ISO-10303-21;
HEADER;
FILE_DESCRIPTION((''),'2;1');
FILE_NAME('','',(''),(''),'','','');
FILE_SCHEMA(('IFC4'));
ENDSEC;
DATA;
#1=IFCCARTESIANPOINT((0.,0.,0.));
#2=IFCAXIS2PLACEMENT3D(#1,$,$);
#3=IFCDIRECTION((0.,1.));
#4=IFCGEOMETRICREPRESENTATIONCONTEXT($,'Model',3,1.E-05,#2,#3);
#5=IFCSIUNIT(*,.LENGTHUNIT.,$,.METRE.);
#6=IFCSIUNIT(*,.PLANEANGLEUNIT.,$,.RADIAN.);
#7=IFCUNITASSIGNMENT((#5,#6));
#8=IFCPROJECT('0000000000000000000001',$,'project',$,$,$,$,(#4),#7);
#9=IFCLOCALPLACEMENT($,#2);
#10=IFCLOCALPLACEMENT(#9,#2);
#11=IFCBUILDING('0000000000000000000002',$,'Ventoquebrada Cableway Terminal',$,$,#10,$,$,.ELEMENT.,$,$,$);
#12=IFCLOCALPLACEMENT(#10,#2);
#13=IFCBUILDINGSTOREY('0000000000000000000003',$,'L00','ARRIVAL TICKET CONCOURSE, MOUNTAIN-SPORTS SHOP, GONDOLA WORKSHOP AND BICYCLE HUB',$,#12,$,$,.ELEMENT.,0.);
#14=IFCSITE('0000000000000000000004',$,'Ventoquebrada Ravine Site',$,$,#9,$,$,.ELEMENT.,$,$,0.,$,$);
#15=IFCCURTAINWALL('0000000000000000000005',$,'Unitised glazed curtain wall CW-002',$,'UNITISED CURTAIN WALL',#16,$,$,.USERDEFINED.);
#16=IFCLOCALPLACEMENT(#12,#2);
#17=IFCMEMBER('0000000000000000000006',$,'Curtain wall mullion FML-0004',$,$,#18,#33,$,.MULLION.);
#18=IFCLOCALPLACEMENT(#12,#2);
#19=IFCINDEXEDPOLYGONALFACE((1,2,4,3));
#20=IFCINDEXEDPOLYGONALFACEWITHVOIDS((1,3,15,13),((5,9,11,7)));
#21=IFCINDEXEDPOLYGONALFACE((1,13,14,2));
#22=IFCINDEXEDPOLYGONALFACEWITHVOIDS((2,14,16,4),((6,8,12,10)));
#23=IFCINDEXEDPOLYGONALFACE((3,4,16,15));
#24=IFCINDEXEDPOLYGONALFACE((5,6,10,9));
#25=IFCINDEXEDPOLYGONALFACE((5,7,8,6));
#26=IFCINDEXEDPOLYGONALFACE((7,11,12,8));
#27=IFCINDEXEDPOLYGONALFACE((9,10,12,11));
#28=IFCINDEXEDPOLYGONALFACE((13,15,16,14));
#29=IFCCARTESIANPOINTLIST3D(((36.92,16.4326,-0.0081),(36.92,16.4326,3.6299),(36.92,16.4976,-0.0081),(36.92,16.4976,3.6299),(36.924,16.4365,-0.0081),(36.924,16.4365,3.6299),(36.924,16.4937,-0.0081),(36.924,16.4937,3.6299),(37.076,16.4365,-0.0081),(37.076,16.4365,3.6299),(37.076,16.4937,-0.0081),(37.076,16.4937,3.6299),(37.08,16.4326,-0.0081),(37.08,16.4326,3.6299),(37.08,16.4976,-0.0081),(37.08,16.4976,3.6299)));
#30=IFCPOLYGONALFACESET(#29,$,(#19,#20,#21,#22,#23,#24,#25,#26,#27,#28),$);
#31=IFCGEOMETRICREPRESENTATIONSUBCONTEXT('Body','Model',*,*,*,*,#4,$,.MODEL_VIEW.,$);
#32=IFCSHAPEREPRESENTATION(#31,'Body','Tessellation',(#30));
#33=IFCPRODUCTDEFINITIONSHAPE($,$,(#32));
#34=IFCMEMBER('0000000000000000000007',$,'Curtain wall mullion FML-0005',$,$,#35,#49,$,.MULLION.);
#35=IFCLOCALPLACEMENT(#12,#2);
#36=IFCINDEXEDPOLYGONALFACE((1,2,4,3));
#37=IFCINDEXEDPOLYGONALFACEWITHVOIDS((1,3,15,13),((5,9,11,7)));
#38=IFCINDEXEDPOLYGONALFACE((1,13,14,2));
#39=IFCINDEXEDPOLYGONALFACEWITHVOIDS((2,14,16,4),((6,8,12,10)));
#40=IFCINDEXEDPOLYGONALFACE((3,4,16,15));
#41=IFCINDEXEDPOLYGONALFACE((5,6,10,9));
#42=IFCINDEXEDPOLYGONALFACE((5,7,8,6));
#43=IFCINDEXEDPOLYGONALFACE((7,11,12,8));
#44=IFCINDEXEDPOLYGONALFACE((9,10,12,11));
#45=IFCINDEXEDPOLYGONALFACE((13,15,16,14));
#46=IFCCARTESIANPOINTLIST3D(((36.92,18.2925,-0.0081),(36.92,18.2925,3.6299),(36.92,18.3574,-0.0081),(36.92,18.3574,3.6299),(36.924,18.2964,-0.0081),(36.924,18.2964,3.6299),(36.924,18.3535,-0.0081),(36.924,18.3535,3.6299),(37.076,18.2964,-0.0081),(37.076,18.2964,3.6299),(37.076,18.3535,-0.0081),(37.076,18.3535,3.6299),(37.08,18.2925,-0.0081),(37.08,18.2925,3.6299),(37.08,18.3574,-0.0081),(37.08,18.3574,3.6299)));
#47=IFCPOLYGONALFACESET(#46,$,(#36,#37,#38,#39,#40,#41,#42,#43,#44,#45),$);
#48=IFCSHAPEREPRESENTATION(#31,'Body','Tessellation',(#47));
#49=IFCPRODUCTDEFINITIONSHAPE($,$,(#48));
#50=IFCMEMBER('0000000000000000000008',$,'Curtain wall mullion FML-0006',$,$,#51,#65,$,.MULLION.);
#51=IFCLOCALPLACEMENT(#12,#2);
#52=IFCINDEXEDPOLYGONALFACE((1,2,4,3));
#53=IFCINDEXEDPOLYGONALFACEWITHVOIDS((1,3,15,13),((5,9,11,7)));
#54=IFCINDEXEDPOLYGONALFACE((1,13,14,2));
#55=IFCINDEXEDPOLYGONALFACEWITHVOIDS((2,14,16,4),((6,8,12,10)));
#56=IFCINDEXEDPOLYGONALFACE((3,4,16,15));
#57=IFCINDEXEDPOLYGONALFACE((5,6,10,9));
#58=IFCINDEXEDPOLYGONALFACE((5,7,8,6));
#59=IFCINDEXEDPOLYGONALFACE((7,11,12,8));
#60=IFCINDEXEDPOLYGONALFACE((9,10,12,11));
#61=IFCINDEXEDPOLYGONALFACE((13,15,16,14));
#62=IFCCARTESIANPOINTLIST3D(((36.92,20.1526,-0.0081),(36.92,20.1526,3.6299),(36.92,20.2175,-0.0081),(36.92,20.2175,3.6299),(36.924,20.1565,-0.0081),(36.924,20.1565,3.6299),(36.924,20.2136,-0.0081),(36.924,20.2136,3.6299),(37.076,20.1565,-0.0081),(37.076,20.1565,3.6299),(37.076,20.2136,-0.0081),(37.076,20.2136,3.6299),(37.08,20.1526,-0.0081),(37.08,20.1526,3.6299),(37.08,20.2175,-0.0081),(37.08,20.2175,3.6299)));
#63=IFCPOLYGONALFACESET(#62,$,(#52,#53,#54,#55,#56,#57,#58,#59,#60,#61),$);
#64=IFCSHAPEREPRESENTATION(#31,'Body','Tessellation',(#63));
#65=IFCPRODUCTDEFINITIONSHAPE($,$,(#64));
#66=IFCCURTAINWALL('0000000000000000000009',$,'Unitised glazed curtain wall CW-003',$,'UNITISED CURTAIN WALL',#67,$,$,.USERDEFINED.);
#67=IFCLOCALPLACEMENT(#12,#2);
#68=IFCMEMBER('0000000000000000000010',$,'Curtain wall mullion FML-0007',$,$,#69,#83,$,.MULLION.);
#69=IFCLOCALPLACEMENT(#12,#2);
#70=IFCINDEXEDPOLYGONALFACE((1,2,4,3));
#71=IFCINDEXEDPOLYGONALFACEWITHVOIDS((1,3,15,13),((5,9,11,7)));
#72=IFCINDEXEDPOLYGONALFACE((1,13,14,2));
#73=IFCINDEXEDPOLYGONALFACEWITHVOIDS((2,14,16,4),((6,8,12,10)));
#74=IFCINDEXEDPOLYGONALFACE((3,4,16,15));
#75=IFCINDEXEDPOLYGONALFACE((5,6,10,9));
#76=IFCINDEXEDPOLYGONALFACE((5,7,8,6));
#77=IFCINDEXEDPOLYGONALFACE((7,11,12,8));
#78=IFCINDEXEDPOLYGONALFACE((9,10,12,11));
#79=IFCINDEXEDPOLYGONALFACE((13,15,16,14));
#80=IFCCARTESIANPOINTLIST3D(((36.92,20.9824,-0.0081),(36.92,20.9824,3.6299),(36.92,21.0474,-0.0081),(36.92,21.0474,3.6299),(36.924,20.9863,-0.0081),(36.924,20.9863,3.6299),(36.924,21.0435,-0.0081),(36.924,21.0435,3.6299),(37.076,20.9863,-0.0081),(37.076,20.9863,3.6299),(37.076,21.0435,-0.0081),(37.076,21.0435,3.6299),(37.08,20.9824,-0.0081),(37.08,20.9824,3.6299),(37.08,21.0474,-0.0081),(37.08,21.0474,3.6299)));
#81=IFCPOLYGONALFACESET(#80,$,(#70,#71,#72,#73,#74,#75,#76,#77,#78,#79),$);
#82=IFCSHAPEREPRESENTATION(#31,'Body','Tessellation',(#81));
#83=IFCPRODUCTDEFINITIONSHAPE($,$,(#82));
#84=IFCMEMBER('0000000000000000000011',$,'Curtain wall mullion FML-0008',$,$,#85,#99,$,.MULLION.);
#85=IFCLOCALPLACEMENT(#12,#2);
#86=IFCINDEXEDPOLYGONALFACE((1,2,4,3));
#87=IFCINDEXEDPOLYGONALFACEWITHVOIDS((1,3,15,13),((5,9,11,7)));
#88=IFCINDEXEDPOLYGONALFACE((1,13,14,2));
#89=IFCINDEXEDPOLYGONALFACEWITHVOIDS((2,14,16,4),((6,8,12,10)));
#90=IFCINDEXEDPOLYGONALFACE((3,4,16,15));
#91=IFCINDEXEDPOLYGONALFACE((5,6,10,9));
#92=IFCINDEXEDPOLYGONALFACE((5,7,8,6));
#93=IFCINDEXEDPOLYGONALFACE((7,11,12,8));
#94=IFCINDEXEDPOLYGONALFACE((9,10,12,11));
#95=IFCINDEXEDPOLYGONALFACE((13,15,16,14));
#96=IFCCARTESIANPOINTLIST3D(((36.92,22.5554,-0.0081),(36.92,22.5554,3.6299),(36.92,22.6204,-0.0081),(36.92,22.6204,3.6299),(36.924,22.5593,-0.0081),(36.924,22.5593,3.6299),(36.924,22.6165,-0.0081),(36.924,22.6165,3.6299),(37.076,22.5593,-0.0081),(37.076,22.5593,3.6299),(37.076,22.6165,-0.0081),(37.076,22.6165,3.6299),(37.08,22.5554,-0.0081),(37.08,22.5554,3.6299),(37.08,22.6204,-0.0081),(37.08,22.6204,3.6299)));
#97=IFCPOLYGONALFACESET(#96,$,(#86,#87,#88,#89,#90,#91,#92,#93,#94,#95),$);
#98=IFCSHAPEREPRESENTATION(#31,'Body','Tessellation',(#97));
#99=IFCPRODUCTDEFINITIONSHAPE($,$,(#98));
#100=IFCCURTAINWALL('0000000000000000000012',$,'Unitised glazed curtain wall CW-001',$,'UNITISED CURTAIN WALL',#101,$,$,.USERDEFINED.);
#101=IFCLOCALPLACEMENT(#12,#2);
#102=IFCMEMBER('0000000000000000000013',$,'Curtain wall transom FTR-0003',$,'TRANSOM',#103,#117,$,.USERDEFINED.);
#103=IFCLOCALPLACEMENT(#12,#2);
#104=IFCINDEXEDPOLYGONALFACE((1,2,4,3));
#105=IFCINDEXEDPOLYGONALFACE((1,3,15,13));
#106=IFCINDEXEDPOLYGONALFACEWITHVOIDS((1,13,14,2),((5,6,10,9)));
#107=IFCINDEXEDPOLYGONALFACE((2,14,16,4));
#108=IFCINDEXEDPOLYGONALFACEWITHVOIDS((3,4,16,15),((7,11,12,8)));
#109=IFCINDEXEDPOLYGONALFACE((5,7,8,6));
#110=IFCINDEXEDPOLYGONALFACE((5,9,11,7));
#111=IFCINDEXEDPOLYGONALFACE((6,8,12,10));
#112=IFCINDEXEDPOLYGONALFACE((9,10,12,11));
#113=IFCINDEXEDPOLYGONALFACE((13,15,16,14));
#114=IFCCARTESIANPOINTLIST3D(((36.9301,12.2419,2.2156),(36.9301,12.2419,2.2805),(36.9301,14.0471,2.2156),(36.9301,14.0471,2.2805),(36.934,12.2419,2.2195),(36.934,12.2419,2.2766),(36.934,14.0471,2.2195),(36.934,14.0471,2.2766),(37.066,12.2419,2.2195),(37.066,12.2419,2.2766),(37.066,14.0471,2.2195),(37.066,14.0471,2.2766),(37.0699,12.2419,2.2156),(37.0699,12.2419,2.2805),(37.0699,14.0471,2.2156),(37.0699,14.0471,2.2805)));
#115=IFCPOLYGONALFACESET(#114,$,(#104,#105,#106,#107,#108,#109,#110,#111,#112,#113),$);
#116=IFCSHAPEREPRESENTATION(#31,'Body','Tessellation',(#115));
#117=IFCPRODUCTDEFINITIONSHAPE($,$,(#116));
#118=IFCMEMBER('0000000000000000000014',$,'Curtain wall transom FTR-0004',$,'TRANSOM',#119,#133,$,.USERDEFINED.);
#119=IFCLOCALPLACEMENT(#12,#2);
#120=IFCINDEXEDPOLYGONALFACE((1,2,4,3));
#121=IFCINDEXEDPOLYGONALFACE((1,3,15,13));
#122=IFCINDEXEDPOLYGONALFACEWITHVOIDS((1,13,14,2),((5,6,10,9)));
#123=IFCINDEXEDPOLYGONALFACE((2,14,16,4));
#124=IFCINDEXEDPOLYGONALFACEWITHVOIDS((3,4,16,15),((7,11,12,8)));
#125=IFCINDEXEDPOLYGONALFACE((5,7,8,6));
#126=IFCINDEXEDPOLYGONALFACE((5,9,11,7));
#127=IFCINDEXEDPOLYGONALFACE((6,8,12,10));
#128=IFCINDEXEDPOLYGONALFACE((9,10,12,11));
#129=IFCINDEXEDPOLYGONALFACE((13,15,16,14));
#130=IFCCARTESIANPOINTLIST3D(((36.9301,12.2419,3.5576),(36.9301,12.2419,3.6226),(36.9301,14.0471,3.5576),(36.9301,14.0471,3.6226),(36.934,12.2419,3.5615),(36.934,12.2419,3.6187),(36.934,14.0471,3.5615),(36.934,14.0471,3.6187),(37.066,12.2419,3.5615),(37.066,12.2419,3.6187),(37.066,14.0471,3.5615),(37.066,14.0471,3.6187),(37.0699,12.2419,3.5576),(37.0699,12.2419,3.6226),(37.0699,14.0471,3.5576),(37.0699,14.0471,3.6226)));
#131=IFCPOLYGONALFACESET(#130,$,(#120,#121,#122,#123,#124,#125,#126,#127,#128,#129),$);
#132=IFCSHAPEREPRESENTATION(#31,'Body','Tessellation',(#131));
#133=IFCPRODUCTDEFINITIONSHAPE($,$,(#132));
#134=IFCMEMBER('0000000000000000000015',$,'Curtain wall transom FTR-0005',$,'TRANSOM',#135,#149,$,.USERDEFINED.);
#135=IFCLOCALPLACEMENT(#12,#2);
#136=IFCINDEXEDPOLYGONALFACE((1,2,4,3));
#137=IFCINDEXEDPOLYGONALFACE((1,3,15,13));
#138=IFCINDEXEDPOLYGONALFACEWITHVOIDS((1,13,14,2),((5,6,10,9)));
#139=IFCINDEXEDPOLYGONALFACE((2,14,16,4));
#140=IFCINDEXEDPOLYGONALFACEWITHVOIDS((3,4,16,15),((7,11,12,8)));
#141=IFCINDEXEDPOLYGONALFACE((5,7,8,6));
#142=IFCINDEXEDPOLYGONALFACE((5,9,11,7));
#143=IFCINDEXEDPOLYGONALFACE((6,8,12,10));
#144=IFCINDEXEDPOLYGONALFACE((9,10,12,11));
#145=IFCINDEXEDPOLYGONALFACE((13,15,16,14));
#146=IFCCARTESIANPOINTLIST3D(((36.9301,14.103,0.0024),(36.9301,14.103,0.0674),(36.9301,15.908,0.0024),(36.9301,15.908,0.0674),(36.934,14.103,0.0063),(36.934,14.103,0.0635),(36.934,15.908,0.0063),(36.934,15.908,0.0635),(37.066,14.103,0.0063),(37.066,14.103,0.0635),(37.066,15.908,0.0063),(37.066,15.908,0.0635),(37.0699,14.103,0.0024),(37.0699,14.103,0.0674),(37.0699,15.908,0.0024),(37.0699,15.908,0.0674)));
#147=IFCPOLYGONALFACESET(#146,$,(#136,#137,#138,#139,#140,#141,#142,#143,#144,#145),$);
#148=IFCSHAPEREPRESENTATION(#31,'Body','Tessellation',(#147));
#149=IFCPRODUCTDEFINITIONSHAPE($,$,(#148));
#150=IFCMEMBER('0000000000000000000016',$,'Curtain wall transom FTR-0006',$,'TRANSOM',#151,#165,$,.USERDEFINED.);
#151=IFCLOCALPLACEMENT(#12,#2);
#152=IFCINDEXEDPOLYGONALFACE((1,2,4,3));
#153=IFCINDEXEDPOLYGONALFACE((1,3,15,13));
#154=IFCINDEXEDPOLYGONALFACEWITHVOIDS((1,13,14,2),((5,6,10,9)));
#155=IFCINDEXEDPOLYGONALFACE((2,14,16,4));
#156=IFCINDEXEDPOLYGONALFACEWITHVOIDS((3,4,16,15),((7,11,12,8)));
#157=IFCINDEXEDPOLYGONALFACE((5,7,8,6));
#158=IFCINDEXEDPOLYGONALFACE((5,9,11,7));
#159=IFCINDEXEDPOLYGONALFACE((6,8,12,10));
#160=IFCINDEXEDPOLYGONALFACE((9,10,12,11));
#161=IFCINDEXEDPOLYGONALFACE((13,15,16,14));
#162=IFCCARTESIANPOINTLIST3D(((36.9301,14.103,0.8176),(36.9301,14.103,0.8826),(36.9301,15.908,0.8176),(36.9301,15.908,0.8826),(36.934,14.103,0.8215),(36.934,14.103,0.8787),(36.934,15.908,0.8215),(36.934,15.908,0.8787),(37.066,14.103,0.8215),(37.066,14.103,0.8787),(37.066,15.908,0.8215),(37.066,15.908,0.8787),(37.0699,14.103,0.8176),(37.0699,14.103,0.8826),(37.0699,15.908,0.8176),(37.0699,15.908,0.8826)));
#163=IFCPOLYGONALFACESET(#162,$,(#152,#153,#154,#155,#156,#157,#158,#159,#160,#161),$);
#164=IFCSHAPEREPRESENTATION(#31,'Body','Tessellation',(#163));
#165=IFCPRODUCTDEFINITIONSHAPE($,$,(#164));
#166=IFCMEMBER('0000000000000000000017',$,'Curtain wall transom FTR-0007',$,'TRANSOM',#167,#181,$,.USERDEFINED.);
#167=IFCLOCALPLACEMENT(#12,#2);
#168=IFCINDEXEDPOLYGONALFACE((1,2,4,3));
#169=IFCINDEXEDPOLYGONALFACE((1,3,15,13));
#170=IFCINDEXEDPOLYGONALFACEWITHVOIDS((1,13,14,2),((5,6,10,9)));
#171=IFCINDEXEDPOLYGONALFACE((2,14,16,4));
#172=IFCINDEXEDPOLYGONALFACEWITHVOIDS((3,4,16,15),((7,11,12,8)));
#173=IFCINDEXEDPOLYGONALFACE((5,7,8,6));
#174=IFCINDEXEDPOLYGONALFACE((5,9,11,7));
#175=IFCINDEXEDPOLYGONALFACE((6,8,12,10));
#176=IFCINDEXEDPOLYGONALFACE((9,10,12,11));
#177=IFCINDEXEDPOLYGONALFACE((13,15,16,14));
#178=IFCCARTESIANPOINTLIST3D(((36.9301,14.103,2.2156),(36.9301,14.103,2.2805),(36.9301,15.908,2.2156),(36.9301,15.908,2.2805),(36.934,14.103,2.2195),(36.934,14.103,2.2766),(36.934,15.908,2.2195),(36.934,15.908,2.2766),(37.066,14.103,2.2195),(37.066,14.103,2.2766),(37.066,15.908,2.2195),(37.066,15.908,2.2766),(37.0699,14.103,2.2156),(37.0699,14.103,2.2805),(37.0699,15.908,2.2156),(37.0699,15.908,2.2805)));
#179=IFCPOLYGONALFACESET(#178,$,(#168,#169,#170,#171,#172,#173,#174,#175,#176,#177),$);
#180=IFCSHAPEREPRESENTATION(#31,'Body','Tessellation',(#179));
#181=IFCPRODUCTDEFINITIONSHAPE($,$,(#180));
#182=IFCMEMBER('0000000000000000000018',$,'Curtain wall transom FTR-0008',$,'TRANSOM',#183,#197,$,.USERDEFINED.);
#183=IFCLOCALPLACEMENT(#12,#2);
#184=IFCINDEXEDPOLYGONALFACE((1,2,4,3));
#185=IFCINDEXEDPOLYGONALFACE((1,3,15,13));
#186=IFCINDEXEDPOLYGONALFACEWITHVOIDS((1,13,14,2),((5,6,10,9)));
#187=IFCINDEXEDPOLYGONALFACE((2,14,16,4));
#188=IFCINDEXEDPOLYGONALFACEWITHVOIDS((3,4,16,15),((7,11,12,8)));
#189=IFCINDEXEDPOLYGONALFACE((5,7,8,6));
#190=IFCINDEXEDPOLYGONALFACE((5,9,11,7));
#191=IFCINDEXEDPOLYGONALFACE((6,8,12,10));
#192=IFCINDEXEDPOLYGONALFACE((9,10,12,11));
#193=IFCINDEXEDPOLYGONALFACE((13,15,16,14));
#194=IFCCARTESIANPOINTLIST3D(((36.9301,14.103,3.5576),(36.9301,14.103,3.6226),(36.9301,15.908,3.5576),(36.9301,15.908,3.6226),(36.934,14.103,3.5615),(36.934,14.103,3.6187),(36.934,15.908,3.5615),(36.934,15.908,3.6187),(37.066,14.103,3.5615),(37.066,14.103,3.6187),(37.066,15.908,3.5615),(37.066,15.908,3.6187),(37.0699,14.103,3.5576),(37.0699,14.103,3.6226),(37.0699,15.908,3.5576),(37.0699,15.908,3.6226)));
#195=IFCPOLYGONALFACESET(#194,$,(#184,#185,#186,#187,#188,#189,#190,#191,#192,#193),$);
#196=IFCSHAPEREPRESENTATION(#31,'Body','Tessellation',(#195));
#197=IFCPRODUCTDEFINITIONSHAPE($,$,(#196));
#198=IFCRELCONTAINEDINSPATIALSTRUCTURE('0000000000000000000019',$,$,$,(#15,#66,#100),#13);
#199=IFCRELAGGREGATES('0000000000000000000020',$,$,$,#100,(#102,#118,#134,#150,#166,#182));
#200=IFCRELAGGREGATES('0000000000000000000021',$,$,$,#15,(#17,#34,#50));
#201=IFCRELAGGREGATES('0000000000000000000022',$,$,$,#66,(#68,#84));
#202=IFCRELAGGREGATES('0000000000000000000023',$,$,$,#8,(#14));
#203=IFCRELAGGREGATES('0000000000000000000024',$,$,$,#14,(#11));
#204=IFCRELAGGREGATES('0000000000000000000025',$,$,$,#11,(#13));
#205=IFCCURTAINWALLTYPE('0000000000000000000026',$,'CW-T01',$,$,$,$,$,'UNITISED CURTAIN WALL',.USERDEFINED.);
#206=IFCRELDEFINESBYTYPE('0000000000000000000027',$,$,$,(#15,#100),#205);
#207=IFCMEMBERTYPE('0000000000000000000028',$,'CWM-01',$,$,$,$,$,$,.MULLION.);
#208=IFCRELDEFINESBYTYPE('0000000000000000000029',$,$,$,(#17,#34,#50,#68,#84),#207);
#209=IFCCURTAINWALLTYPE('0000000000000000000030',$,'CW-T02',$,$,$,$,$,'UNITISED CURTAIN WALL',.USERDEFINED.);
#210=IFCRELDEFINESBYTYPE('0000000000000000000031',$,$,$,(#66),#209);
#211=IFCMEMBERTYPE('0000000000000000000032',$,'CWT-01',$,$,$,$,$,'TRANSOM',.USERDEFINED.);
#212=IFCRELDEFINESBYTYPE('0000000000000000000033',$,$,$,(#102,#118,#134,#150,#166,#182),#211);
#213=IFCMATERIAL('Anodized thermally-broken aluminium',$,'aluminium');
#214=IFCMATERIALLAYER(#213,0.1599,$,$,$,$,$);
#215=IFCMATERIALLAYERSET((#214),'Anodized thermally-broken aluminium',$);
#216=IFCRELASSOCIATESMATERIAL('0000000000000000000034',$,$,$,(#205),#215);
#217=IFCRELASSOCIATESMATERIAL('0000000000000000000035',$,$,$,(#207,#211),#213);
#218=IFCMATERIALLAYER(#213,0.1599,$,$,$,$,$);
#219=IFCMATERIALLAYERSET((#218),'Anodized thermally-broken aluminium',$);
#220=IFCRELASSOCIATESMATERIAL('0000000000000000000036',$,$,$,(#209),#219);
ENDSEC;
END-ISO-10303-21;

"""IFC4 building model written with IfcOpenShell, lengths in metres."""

from ifc_helpers import new_model, si_unit, direction, frame, origin, origin_2d, place, context, subcontext, project, spatial, hollow_rectangle, extrude, material, layer, layer_set, material_profile, profile_set, type_object, element, aggregate, save


model = new_model("IFC4")

# Units and contexts
model_context = context("Model", 3, precision=1e-05, world=origin(), true_north=direction((0.0, 1.0)))
body_context = subcontext(model_context, "Body", "Model", "MODEL_VIEW")
ifc_project = project(units=[si_unit("LENGTHUNIT", "METRE"), si_unit("PLANEANGLEUNIT", "RADIAN")], contexts=[model_context])

# Site, building, storey
site_placement = place(None, origin())
site = spatial("IfcSite", under=ifc_project, at=site_placement, Name="Ventoquebrada Ravine Site", CompositionType="ELEMENT", RefElevation=0.0)
building_placement = place(site_placement, origin())
building = spatial("IfcBuilding", under=site, at=building_placement, Name="Ventoquebrada Cableway Terminal", CompositionType="ELEMENT")
storey_placement = place(building_placement, origin())
storey = spatial("IfcBuildingStorey", under=building, at=storey_placement, Name="L00", Description="ARRIVAL TICKET CONCOURSE, MOUNTAIN-SPORTS SHOP, GONDOLA WORKSHOP AND BICYCLE HUB", CompositionType="ELEMENT", Elevation=0.0)

# Curtain walls, members
ifc_material_1 = material(Name="Anodized thermally-broken aluminium", Category="aluminium")
ifc_layer_1 = layer(ifc_material_1, 0.1599)
ifc_layer_set_1 = layer_set([ifc_layer_1], Name="Anodized thermally-broken aluminium")
curtain_wall_type_1 = type_object("IfcCurtainWallType", Name="CW-T01", ElementType="UNITISED CURTAIN WALL", PredefinedType="USERDEFINED", material=ifc_layer_set_1)
curtain_wall_1_placement = place(storey_placement, origin())
curtain_wall_1 = element("IfcCurtainWall", 1, at=curtain_wall_1_placement, inside=storey, type_object=curtain_wall_type_1, Name="Unitised glazed curtain wall CW-002", ObjectType="UNITISED CURTAIN WALL", PredefinedType="USERDEFINED")
ifc_material_profile_1 = material_profile(ifc_material_1, hollow_rectangle(XDim=0.0649, YDim=0.1599, WallThickness=0.0039, at=origin_2d()), Name="CW-MUL-65X160")
ifc_profile_set_1 = profile_set([ifc_material_profile_1], Name="Anodized thermally-broken aluminium")
member_type_1 = type_object("IfcMemberType", Name="CWM-01", PredefinedType="MULLION", material=ifc_profile_set_1)
member_1_placement = place(storey_placement, frame((37.0, 16.4651, -0.0081), z_axis=(0.0, 0.0, 1.0), x_axis=(0.0, 1.0, 0.0)))
member_1 = element("IfcMember", 2, at=member_1_placement, type_object=member_type_1, Name="Curtain wall mullion FML-0004", PredefinedType="MULLION", context=body_context, shape_type="SweptSolid", body=[
    extrude(hollow_rectangle(XDim=0.0649, YDim=0.1599, WallThickness=0.0039, at=origin_2d()), origin(), (0.0, 0.0, 1.0), 3.6379),
])
member_2_placement = place(storey_placement, frame((37.0, 18.325, -0.0081), z_axis=(0.0, 0.0, 1.0), x_axis=(0.0, 1.0, 0.0)))
member_2 = element("IfcMember", 3, at=member_2_placement, type_object=member_type_1, Name="Curtain wall mullion FML-0005", PredefinedType="MULLION", context=body_context, shape_type="SweptSolid", body=[
    extrude(hollow_rectangle(XDim=0.0649, YDim=0.1599, WallThickness=0.0039, at=origin_2d()), origin(), (0.0, 0.0, 1.0), 3.6379),
])
member_3_placement = place(storey_placement, frame((37.0, 20.1851, -0.0081), z_axis=(0.0, 0.0, 1.0), x_axis=(0.0, 1.0, 0.0)))
member_3 = element("IfcMember", 4, at=member_3_placement, type_object=member_type_1, Name="Curtain wall mullion FML-0006", PredefinedType="MULLION", context=body_context, shape_type="SweptSolid", body=[
    extrude(hollow_rectangle(XDim=0.0649, YDim=0.1599, WallThickness=0.0039, at=origin_2d()), origin(), (0.0, 0.0, 1.0), 3.6379),
])
ifc_layer_2 = layer(ifc_material_1, 0.1599)
ifc_layer_set_2 = layer_set([ifc_layer_2], Name="Anodized thermally-broken aluminium")
curtain_wall_type_2 = type_object("IfcCurtainWallType", Name="CW-T02", ElementType="UNITISED CURTAIN WALL", PredefinedType="USERDEFINED", material=ifc_layer_set_2)
curtain_wall_2_placement = place(storey_placement, origin())
curtain_wall_2 = element("IfcCurtainWall", 5, at=curtain_wall_2_placement, inside=storey, type_object=curtain_wall_type_2, Name="Unitised glazed curtain wall CW-003", ObjectType="UNITISED CURTAIN WALL", PredefinedType="USERDEFINED")
member_4_placement = place(storey_placement, frame((37.0, 21.0149, -0.0081), z_axis=(0.0, 0.0, 1.0), x_axis=(0.0, 1.0, 0.0)))
member_4 = element("IfcMember", 6, at=member_4_placement, type_object=member_type_1, Name="Curtain wall mullion FML-0007", PredefinedType="MULLION", context=body_context, shape_type="SweptSolid", body=[
    extrude(hollow_rectangle(XDim=0.0649, YDim=0.1599, WallThickness=0.0039, at=origin_2d()), origin(), (0.0, 0.0, 1.0), 3.6379),
])
member_5_placement = place(storey_placement, frame((37.0, 22.5879, -0.0081), z_axis=(0.0, 0.0, 1.0), x_axis=(0.0, 1.0, 0.0)))
member_5 = element("IfcMember", 7, at=member_5_placement, type_object=member_type_1, Name="Curtain wall mullion FML-0008", PredefinedType="MULLION", context=body_context, shape_type="SweptSolid", body=[
    extrude(hollow_rectangle(XDim=0.0649, YDim=0.1599, WallThickness=0.0039, at=origin_2d()), origin(), (0.0, 0.0, 1.0), 3.6379),
])
curtain_wall_3_placement = place(storey_placement, origin())
curtain_wall_3 = element("IfcCurtainWall", 8, at=curtain_wall_3_placement, inside=storey, type_object=curtain_wall_type_1, Name="Unitised glazed curtain wall CW-001", ObjectType="UNITISED CURTAIN WALL", PredefinedType="USERDEFINED")
ifc_material_profile_2 = material_profile(ifc_material_1, hollow_rectangle(XDim=0.0649, YDim=0.1399, WallThickness=0.0039, at=origin_2d()), Name="CW-TRN-65X140")
ifc_profile_set_2 = profile_set([ifc_material_profile_2], Name="Anodized thermally-broken aluminium")
member_type_2 = type_object("IfcMemberType", Name="CWT-01", ElementType="TRANSOM", PredefinedType="USERDEFINED", material=ifc_profile_set_2)
member_6_placement = place(storey_placement, frame((37.0, 12.2419, 2.248), z_axis=(0.0, 1.0, 0.0), x_axis=(0.0, 0.0, 1.0)))
member_6 = element("IfcMember", 9, at=member_6_placement, type_object=member_type_2, Name="Curtain wall transom FTR-0003", ObjectType="TRANSOM", PredefinedType="USERDEFINED", context=body_context, shape_type="SweptSolid", body=[
    extrude(hollow_rectangle(XDim=0.0649, YDim=0.1399, WallThickness=0.0039, at=origin_2d()), origin(), (0.0, 0.0, 1.0), 1.8052),
])
member_7_placement = place(storey_placement, frame((37.0, 12.2419, 3.5901), z_axis=(0.0, 1.0, 0.0), x_axis=(0.0, 0.0, 1.0)))
member_7 = element("IfcMember", 10, at=member_7_placement, type_object=member_type_2, Name="Curtain wall transom FTR-0004", ObjectType="TRANSOM", PredefinedType="USERDEFINED", context=body_context, shape_type="SweptSolid", body=[
    extrude(hollow_rectangle(XDim=0.0649, YDim=0.1399, WallThickness=0.0039, at=origin_2d()), origin(), (0.0, 0.0, 1.0), 1.8052),
])
member_8_placement = place(storey_placement, frame((37.0, 14.103, 0.0349), z_axis=(0.0, 1.0, 0.0), x_axis=(0.0, 0.0, 1.0)))
member_8 = element("IfcMember", 11, at=member_8_placement, type_object=member_type_2, Name="Curtain wall transom FTR-0005", ObjectType="TRANSOM", PredefinedType="USERDEFINED", context=body_context, shape_type="SweptSolid", body=[
    extrude(hollow_rectangle(XDim=0.0649, YDim=0.1399, WallThickness=0.0039, at=origin_2d()), origin(), (0.0, 0.0, 1.0), 1.8049),
])
member_9_placement = place(storey_placement, frame((37.0, 14.103, 0.8501), z_axis=(0.0, 1.0, 0.0), x_axis=(0.0, 0.0, 1.0)))
member_9 = element("IfcMember", 12, at=member_9_placement, type_object=member_type_2, Name="Curtain wall transom FTR-0006", ObjectType="TRANSOM", PredefinedType="USERDEFINED", context=body_context, shape_type="SweptSolid", body=[
    extrude(hollow_rectangle(XDim=0.0649, YDim=0.1399, WallThickness=0.0039, at=origin_2d()), origin(), (0.0, 0.0, 1.0), 1.8049),
])
member_10_placement = place(storey_placement, frame((37.0, 14.103, 2.248), z_axis=(0.0, 1.0, 0.0), x_axis=(0.0, 0.0, 1.0)))
member_10 = element("IfcMember", 13, at=member_10_placement, type_object=member_type_2, Name="Curtain wall transom FTR-0007", ObjectType="TRANSOM", PredefinedType="USERDEFINED", context=body_context, shape_type="SweptSolid", body=[
    extrude(hollow_rectangle(XDim=0.0649, YDim=0.1399, WallThickness=0.0039, at=origin_2d()), origin(), (0.0, 0.0, 1.0), 1.8049),
])
member_11_placement = place(storey_placement, frame((37.0, 14.103, 3.5901), z_axis=(0.0, 1.0, 0.0), x_axis=(0.0, 0.0, 1.0)))
member_11 = element("IfcMember", 14, at=member_11_placement, type_object=member_type_2, Name="Curtain wall transom FTR-0008", ObjectType="TRANSOM", PredefinedType="USERDEFINED", context=body_context, shape_type="SweptSolid", body=[
    extrude(hollow_rectangle(XDim=0.0649, YDim=0.1399, WallThickness=0.0039, at=origin_2d()), origin(), (0.0, 0.0, 1.0), 1.8049),
])

aggregate(curtain_wall_3, [member_6, member_7, member_8, member_9, member_10, member_11])
aggregate(curtain_wall_1, [member_1, member_2, member_3])
aggregate(curtain_wall_2, [member_4, member_5])

save(model, "model.ifc")
